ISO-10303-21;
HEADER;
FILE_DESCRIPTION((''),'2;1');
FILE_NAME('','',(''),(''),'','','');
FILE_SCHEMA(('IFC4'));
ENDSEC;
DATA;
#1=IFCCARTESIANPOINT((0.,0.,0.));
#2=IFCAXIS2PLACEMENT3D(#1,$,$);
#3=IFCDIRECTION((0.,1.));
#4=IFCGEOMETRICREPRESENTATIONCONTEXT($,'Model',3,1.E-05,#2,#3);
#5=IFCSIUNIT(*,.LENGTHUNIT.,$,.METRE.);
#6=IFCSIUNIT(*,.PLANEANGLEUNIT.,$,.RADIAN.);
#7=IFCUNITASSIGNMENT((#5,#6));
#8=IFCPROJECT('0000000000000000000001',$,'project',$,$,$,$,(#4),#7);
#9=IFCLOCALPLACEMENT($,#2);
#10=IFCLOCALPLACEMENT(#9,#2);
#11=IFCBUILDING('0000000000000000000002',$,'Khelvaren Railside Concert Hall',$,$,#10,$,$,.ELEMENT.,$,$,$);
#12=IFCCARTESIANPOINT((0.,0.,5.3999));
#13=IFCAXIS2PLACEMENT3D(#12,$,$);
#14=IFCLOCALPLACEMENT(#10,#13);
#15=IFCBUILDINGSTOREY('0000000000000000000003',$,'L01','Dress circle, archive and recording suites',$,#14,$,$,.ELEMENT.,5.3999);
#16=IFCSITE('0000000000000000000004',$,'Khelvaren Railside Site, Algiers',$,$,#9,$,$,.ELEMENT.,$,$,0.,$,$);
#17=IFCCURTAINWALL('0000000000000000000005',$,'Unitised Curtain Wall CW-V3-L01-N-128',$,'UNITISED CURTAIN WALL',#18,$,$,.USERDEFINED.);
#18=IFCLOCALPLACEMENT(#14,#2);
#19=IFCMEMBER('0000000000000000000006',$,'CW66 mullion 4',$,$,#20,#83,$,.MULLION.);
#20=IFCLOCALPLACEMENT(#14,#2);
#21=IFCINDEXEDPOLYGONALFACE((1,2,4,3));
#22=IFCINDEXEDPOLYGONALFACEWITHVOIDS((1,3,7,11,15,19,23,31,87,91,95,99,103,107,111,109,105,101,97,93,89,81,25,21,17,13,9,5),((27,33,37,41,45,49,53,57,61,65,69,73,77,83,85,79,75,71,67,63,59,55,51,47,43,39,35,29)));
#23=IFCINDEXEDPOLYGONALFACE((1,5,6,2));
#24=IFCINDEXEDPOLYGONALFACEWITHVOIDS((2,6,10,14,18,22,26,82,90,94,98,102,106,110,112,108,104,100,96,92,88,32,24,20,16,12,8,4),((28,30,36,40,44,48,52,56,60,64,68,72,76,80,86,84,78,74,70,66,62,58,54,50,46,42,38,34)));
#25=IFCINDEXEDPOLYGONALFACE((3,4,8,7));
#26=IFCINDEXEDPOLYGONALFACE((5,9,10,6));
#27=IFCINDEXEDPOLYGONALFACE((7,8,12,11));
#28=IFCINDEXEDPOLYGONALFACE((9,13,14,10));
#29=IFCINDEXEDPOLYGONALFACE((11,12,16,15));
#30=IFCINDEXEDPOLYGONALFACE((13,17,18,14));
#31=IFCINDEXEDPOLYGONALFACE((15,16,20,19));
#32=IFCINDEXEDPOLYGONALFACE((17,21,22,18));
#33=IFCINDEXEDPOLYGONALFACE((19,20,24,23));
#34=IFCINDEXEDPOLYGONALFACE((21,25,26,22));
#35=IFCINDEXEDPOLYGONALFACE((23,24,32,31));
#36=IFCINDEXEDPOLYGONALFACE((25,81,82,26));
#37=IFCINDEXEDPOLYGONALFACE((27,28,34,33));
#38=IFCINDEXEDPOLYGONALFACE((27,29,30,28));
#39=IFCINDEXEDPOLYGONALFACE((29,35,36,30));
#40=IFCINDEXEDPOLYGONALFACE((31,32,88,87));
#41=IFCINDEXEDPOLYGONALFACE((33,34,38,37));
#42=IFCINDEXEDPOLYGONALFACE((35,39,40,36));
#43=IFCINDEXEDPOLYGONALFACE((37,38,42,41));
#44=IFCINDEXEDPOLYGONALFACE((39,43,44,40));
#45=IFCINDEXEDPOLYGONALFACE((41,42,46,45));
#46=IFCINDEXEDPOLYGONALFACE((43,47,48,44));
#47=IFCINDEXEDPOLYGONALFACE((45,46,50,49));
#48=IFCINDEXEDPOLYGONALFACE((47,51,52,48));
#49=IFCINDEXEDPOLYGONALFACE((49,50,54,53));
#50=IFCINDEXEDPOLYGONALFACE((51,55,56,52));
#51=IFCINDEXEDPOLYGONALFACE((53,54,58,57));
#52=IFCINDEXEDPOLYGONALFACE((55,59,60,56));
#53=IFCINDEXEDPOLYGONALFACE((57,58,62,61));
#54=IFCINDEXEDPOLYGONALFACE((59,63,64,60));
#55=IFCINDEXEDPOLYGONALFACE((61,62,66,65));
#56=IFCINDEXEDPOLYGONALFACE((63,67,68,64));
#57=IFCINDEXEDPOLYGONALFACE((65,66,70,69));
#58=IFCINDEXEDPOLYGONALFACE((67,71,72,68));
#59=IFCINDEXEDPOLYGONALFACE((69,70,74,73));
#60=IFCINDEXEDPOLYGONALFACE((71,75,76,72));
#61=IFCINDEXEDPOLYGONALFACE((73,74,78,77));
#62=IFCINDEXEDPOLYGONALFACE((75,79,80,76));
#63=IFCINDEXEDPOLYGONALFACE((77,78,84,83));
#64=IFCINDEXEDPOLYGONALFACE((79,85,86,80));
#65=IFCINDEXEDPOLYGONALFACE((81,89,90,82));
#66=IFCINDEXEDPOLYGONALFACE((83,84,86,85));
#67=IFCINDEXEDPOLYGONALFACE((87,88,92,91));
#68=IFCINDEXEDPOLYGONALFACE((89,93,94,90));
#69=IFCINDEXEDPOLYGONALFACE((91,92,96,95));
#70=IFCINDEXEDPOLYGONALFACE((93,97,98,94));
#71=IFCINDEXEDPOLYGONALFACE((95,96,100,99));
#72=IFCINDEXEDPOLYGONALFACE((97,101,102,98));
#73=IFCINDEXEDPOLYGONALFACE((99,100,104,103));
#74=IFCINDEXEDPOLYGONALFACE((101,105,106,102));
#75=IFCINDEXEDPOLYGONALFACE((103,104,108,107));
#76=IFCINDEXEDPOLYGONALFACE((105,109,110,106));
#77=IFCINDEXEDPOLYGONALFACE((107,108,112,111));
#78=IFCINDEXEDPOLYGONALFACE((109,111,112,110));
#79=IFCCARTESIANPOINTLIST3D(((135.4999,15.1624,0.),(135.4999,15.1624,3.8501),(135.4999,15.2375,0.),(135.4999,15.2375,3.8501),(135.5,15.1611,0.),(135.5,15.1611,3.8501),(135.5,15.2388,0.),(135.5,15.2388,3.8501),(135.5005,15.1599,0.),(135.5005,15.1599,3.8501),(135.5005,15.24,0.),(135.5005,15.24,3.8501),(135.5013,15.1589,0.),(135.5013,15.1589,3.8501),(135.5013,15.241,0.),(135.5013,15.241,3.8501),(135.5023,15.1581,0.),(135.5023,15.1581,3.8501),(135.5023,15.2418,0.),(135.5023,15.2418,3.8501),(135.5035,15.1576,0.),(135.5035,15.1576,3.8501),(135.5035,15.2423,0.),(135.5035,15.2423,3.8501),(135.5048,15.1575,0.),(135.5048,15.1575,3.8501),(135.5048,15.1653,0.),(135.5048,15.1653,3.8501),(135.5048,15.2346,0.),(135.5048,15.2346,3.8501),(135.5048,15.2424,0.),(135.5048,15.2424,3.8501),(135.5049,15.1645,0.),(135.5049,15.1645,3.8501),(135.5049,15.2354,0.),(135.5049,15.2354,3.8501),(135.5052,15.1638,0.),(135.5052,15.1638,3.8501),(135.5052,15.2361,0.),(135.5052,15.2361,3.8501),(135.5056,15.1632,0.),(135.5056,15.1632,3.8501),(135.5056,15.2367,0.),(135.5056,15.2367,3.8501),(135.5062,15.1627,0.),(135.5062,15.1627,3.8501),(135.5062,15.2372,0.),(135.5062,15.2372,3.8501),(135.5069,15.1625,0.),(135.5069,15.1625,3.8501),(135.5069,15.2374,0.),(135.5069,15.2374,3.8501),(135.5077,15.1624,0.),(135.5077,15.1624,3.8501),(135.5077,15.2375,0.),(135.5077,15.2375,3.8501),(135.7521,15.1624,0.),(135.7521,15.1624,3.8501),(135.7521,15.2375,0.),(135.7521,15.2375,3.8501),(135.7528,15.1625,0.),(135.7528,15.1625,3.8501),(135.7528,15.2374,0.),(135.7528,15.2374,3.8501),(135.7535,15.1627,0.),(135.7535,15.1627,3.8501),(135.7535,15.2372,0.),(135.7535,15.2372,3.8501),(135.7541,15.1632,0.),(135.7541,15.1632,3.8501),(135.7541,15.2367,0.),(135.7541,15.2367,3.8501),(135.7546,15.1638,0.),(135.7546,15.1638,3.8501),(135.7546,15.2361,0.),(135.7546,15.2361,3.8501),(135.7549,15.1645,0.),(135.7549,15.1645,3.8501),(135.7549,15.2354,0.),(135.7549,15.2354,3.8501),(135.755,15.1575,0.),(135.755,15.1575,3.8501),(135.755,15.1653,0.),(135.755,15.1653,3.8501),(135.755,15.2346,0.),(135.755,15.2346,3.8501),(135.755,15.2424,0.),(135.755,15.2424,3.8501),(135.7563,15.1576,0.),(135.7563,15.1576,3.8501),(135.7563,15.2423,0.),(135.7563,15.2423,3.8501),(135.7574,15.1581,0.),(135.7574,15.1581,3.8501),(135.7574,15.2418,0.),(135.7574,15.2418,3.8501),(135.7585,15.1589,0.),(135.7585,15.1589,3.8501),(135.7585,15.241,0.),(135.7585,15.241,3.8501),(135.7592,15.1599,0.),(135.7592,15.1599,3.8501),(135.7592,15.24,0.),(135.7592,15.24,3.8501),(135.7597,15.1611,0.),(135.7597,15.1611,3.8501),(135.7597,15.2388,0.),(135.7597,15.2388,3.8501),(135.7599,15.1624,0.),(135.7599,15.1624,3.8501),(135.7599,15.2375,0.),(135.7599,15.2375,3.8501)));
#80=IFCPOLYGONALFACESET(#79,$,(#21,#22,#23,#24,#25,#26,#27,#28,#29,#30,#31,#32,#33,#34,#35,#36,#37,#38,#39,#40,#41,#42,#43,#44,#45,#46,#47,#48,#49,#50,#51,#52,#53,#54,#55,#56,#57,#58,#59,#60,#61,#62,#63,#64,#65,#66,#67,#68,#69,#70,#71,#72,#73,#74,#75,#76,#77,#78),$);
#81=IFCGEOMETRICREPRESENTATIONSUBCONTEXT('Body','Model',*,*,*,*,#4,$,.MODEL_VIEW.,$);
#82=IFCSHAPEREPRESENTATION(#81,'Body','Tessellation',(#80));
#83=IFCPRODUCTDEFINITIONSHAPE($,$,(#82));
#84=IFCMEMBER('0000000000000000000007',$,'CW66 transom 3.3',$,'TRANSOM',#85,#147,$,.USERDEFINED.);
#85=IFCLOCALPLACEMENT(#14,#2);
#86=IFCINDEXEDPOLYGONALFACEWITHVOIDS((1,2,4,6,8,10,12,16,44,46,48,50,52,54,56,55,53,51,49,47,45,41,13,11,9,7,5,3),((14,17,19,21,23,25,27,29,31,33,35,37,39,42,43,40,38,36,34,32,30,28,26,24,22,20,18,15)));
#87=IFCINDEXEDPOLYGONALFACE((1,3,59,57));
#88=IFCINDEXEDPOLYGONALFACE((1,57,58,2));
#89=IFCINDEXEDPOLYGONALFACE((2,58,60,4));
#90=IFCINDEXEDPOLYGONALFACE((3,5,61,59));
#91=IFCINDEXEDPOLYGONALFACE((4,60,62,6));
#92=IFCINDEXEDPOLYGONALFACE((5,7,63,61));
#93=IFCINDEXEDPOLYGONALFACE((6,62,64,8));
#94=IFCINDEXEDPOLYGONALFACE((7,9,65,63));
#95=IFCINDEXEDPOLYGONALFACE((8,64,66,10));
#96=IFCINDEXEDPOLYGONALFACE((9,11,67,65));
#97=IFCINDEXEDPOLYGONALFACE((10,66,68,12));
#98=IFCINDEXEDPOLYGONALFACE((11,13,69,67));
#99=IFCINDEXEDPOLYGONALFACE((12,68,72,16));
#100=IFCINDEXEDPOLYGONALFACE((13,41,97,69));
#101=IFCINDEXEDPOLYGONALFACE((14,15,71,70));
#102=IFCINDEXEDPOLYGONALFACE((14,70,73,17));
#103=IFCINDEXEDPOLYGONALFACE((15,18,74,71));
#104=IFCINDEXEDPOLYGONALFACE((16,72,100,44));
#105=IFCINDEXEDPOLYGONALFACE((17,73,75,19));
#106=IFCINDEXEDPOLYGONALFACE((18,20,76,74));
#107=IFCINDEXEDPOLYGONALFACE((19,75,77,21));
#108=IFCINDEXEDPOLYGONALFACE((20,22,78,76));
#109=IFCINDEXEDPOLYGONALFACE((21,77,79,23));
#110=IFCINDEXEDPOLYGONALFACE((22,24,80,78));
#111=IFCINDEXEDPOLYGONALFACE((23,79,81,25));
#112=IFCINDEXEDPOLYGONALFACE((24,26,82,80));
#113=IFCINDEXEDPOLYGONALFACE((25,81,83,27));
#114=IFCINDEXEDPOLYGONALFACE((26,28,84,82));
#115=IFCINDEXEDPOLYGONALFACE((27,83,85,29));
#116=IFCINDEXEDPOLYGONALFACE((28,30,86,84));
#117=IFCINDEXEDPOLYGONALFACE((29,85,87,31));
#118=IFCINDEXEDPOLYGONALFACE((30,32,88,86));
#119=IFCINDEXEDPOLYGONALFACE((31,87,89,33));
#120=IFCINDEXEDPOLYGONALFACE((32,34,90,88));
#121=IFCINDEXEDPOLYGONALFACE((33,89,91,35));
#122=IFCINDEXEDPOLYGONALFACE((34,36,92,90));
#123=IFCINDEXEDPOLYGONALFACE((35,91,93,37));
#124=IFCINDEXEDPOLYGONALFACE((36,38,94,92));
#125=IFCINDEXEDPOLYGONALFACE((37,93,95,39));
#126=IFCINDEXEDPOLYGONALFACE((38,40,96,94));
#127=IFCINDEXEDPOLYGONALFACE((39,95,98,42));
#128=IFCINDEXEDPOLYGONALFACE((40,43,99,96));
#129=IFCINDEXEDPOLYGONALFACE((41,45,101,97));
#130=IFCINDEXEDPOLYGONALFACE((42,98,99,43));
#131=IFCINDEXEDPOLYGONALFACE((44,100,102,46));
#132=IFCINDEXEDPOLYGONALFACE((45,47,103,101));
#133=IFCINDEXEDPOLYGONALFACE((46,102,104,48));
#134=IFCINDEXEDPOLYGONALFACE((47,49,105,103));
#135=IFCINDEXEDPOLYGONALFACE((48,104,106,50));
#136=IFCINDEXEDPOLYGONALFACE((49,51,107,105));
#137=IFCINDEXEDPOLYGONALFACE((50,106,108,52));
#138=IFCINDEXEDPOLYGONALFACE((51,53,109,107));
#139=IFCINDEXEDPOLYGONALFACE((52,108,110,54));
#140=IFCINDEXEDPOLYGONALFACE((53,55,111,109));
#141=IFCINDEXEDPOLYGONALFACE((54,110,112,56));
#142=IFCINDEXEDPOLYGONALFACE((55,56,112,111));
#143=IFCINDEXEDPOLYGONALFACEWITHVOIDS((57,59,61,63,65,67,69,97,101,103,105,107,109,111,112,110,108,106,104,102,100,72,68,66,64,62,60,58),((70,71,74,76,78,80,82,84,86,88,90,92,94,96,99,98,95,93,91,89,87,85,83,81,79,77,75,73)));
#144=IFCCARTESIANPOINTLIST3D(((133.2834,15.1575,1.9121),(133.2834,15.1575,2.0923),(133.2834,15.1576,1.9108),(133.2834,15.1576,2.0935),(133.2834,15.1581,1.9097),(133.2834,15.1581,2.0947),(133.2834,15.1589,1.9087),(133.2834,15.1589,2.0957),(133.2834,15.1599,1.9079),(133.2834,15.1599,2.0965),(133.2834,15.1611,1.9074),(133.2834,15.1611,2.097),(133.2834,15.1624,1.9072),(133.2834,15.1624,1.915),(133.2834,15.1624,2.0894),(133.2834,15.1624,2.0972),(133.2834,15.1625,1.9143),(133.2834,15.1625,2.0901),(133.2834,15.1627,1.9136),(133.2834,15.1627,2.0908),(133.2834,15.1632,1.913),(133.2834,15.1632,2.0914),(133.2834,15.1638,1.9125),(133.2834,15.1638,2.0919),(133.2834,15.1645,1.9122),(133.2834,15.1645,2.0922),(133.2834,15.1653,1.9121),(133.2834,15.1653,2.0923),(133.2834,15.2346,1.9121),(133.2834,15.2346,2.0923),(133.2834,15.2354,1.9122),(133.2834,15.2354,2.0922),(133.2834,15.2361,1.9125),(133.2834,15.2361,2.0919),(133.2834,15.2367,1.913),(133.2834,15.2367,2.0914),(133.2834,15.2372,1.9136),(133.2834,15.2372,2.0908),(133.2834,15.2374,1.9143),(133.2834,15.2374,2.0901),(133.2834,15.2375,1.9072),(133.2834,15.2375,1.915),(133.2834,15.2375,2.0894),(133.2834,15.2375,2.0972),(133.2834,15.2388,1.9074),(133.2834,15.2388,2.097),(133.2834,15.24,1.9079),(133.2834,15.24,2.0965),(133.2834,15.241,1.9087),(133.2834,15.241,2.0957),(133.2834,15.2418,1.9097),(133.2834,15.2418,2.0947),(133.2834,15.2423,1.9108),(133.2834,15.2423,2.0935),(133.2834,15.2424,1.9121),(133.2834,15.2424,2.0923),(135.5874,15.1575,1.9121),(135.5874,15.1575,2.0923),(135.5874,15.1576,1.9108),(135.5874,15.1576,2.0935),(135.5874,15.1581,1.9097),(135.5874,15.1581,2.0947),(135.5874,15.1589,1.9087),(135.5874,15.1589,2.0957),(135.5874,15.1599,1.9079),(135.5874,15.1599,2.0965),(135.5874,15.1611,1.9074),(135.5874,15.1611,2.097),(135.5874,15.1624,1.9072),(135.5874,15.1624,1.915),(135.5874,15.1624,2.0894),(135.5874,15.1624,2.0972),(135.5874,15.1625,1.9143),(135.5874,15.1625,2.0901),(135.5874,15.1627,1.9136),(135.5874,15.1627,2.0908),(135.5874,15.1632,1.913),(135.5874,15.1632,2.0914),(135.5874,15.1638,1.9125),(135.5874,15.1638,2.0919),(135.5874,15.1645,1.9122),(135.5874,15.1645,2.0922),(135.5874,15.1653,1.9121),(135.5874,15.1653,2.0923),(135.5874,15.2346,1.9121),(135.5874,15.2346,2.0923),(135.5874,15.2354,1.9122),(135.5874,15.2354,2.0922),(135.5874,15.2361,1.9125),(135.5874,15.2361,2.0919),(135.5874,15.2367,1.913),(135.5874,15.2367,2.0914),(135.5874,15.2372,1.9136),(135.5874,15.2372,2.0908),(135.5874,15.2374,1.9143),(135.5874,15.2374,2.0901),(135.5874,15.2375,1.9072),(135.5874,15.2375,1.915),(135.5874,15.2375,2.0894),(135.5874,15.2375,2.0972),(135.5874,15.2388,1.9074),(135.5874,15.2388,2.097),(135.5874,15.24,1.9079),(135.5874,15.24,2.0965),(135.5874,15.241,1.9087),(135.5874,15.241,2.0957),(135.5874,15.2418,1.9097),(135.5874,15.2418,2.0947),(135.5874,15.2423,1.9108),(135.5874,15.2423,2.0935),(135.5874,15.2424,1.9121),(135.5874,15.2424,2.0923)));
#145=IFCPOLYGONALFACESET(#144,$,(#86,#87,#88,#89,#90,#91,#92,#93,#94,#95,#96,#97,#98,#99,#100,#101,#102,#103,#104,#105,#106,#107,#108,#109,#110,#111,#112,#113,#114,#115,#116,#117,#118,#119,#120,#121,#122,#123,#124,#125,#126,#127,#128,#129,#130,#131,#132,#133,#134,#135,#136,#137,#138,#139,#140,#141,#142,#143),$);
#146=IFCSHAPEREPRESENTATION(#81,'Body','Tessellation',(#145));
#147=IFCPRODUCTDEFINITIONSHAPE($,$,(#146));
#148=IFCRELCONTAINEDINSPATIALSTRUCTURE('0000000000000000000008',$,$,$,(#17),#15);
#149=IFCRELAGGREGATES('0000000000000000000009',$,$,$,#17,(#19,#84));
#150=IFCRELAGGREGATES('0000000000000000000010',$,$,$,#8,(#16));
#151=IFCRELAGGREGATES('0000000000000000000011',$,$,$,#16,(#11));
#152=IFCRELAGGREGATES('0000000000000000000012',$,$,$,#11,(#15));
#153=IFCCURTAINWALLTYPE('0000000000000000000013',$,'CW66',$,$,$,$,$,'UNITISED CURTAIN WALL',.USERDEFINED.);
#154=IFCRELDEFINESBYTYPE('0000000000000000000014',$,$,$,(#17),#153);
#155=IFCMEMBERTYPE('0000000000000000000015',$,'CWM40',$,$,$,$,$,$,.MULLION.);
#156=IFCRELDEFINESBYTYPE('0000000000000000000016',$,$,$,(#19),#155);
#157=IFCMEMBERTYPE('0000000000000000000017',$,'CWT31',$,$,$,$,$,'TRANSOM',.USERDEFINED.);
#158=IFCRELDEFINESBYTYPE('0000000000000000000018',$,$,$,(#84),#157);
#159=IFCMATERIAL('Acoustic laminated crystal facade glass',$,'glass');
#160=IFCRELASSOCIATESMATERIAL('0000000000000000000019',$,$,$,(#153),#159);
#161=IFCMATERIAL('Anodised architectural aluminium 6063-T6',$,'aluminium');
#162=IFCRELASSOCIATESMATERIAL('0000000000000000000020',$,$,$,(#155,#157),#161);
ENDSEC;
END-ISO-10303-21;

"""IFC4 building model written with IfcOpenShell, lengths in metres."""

from ifc_helpers import new_model, si_unit, direction, frame, origin, origin_2d, place, context, subcontext, project, spatial, hollow_rectangle, extrude, material, material_profile, profile_set, type_object, element, aggregate, save


model = new_model("IFC4")

# Units and contexts
model_context = context("Model", 3, precision=1e-05, world=origin(), true_north=direction((0.0, 1.0)))
body_context = subcontext(model_context, "Body", "Model", "MODEL_VIEW")
ifc_project = project(units=[si_unit("LENGTHUNIT", "METRE"), si_unit("PLANEANGLEUNIT", "RADIAN")], contexts=[model_context])

# Site, building, storey
site_placement = place(None, origin())
site = spatial("IfcSite", under=ifc_project, at=site_placement, Name="Khelvaren Railside Site, Algiers", CompositionType="ELEMENT", RefElevation=0.0)
building_placement = place(site_placement, origin())
building = spatial("IfcBuilding", under=site, at=building_placement, Name="Khelvaren Railside Concert Hall", CompositionType="ELEMENT")
storey_placement = place(building_placement, frame((0.0, 0.0, 5.3999)))
storey = spatial("IfcBuildingStorey", under=building, at=storey_placement, Name="L01", Description="Dress circle, archive and recording suites", CompositionType="ELEMENT", Elevation=5.3999)

# Curtain wall, members
ifc_material_1 = material(Name="Anodised architectural aluminium 6063-T6", Category="aluminium")
ifc_material_2 = material(Name="Acoustic laminated crystal facade glass", Category="glass")
curtain_wall_type_1 = type_object("IfcCurtainWallType", Name="CW66", ElementType="UNITISED CURTAIN WALL", PredefinedType="USERDEFINED", material=ifc_material_2)
curtain_wall_1_placement = place(storey_placement, origin())
curtain_wall_1 = element("IfcCurtainWall", 1, at=curtain_wall_1_placement, inside=storey, type_object=curtain_wall_type_1, Name="Unitised Curtain Wall CW-V3-L01-N-128", ObjectType="UNITISED CURTAIN WALL", PredefinedType="USERDEFINED")
ifc_material_profile_1 = material_profile(ifc_material_1, hollow_rectangle(XDim=0.085, YDim=0.26, WallThickness=0.0049, InnerFilletRadius=0.0029, OuterFilletRadius=0.0049, at=origin_2d()), Name="CWM 85x260x5")
ifc_profile_set_1 = profile_set([ifc_material_profile_1], Name="Anodised architectural aluminium 6063-T6")
member_type_1 = type_object("IfcMemberType", Name="CWM40", PredefinedType="MULLION", material=ifc_profile_set_1)
member_1_placement = place(storey_placement, frame((135.6299, 15.2, 0.0), z_axis=(0.0, 0.0, 1.0), x_axis=(0.0, 1.0, 0.0)))
member_1 = element("IfcMember", 2, at=member_1_placement, type_object=member_type_1, Name="CW66 mullion 4", PredefinedType="MULLION", context=body_context, shape_type="SweptSolid", body=[
    extrude(hollow_rectangle(XDim=0.085, YDim=0.26, WallThickness=0.0049, InnerFilletRadius=0.0029, OuterFilletRadius=0.0049, at=origin_2d()), origin(), (0.0, 0.0, 1.0), 3.8501),
])
ifc_material_profile_2 = material_profile(ifc_material_1, hollow_rectangle(XDim=0.085, YDim=0.1899, WallThickness=0.0049, InnerFilletRadius=0.0029, OuterFilletRadius=0.0049, at=origin_2d()), Name="CWT 85x190x5")
ifc_profile_set_2 = profile_set([ifc_material_profile_2], Name="Anodised architectural aluminium 6063-T6")
member_type_2 = type_object("IfcMemberType", Name="CWT31", ElementType="TRANSOM", PredefinedType="USERDEFINED", material=ifc_profile_set_2)
member_2_placement = place(storey_placement, frame((133.2834, 15.2, 2.0022), z_axis=(1.0, 0.0, 0.0), x_axis=(0.0, 1.0, 0.0)))
member_2 = element("IfcMember", 3, at=member_2_placement, type_object=member_type_2, Name="CW66 transom 3.3", ObjectType="TRANSOM", PredefinedType="USERDEFINED", context=body_context, shape_type="SweptSolid", body=[
    extrude(hollow_rectangle(XDim=0.085, YDim=0.1899, WallThickness=0.0049, InnerFilletRadius=0.0029, OuterFilletRadius=0.0049, at=origin_2d()), origin(), (0.0, 0.0, 1.0), 2.304),
])

aggregate(curtain_wall_1, [member_1, member_2])

save(model, "model.ifc")
